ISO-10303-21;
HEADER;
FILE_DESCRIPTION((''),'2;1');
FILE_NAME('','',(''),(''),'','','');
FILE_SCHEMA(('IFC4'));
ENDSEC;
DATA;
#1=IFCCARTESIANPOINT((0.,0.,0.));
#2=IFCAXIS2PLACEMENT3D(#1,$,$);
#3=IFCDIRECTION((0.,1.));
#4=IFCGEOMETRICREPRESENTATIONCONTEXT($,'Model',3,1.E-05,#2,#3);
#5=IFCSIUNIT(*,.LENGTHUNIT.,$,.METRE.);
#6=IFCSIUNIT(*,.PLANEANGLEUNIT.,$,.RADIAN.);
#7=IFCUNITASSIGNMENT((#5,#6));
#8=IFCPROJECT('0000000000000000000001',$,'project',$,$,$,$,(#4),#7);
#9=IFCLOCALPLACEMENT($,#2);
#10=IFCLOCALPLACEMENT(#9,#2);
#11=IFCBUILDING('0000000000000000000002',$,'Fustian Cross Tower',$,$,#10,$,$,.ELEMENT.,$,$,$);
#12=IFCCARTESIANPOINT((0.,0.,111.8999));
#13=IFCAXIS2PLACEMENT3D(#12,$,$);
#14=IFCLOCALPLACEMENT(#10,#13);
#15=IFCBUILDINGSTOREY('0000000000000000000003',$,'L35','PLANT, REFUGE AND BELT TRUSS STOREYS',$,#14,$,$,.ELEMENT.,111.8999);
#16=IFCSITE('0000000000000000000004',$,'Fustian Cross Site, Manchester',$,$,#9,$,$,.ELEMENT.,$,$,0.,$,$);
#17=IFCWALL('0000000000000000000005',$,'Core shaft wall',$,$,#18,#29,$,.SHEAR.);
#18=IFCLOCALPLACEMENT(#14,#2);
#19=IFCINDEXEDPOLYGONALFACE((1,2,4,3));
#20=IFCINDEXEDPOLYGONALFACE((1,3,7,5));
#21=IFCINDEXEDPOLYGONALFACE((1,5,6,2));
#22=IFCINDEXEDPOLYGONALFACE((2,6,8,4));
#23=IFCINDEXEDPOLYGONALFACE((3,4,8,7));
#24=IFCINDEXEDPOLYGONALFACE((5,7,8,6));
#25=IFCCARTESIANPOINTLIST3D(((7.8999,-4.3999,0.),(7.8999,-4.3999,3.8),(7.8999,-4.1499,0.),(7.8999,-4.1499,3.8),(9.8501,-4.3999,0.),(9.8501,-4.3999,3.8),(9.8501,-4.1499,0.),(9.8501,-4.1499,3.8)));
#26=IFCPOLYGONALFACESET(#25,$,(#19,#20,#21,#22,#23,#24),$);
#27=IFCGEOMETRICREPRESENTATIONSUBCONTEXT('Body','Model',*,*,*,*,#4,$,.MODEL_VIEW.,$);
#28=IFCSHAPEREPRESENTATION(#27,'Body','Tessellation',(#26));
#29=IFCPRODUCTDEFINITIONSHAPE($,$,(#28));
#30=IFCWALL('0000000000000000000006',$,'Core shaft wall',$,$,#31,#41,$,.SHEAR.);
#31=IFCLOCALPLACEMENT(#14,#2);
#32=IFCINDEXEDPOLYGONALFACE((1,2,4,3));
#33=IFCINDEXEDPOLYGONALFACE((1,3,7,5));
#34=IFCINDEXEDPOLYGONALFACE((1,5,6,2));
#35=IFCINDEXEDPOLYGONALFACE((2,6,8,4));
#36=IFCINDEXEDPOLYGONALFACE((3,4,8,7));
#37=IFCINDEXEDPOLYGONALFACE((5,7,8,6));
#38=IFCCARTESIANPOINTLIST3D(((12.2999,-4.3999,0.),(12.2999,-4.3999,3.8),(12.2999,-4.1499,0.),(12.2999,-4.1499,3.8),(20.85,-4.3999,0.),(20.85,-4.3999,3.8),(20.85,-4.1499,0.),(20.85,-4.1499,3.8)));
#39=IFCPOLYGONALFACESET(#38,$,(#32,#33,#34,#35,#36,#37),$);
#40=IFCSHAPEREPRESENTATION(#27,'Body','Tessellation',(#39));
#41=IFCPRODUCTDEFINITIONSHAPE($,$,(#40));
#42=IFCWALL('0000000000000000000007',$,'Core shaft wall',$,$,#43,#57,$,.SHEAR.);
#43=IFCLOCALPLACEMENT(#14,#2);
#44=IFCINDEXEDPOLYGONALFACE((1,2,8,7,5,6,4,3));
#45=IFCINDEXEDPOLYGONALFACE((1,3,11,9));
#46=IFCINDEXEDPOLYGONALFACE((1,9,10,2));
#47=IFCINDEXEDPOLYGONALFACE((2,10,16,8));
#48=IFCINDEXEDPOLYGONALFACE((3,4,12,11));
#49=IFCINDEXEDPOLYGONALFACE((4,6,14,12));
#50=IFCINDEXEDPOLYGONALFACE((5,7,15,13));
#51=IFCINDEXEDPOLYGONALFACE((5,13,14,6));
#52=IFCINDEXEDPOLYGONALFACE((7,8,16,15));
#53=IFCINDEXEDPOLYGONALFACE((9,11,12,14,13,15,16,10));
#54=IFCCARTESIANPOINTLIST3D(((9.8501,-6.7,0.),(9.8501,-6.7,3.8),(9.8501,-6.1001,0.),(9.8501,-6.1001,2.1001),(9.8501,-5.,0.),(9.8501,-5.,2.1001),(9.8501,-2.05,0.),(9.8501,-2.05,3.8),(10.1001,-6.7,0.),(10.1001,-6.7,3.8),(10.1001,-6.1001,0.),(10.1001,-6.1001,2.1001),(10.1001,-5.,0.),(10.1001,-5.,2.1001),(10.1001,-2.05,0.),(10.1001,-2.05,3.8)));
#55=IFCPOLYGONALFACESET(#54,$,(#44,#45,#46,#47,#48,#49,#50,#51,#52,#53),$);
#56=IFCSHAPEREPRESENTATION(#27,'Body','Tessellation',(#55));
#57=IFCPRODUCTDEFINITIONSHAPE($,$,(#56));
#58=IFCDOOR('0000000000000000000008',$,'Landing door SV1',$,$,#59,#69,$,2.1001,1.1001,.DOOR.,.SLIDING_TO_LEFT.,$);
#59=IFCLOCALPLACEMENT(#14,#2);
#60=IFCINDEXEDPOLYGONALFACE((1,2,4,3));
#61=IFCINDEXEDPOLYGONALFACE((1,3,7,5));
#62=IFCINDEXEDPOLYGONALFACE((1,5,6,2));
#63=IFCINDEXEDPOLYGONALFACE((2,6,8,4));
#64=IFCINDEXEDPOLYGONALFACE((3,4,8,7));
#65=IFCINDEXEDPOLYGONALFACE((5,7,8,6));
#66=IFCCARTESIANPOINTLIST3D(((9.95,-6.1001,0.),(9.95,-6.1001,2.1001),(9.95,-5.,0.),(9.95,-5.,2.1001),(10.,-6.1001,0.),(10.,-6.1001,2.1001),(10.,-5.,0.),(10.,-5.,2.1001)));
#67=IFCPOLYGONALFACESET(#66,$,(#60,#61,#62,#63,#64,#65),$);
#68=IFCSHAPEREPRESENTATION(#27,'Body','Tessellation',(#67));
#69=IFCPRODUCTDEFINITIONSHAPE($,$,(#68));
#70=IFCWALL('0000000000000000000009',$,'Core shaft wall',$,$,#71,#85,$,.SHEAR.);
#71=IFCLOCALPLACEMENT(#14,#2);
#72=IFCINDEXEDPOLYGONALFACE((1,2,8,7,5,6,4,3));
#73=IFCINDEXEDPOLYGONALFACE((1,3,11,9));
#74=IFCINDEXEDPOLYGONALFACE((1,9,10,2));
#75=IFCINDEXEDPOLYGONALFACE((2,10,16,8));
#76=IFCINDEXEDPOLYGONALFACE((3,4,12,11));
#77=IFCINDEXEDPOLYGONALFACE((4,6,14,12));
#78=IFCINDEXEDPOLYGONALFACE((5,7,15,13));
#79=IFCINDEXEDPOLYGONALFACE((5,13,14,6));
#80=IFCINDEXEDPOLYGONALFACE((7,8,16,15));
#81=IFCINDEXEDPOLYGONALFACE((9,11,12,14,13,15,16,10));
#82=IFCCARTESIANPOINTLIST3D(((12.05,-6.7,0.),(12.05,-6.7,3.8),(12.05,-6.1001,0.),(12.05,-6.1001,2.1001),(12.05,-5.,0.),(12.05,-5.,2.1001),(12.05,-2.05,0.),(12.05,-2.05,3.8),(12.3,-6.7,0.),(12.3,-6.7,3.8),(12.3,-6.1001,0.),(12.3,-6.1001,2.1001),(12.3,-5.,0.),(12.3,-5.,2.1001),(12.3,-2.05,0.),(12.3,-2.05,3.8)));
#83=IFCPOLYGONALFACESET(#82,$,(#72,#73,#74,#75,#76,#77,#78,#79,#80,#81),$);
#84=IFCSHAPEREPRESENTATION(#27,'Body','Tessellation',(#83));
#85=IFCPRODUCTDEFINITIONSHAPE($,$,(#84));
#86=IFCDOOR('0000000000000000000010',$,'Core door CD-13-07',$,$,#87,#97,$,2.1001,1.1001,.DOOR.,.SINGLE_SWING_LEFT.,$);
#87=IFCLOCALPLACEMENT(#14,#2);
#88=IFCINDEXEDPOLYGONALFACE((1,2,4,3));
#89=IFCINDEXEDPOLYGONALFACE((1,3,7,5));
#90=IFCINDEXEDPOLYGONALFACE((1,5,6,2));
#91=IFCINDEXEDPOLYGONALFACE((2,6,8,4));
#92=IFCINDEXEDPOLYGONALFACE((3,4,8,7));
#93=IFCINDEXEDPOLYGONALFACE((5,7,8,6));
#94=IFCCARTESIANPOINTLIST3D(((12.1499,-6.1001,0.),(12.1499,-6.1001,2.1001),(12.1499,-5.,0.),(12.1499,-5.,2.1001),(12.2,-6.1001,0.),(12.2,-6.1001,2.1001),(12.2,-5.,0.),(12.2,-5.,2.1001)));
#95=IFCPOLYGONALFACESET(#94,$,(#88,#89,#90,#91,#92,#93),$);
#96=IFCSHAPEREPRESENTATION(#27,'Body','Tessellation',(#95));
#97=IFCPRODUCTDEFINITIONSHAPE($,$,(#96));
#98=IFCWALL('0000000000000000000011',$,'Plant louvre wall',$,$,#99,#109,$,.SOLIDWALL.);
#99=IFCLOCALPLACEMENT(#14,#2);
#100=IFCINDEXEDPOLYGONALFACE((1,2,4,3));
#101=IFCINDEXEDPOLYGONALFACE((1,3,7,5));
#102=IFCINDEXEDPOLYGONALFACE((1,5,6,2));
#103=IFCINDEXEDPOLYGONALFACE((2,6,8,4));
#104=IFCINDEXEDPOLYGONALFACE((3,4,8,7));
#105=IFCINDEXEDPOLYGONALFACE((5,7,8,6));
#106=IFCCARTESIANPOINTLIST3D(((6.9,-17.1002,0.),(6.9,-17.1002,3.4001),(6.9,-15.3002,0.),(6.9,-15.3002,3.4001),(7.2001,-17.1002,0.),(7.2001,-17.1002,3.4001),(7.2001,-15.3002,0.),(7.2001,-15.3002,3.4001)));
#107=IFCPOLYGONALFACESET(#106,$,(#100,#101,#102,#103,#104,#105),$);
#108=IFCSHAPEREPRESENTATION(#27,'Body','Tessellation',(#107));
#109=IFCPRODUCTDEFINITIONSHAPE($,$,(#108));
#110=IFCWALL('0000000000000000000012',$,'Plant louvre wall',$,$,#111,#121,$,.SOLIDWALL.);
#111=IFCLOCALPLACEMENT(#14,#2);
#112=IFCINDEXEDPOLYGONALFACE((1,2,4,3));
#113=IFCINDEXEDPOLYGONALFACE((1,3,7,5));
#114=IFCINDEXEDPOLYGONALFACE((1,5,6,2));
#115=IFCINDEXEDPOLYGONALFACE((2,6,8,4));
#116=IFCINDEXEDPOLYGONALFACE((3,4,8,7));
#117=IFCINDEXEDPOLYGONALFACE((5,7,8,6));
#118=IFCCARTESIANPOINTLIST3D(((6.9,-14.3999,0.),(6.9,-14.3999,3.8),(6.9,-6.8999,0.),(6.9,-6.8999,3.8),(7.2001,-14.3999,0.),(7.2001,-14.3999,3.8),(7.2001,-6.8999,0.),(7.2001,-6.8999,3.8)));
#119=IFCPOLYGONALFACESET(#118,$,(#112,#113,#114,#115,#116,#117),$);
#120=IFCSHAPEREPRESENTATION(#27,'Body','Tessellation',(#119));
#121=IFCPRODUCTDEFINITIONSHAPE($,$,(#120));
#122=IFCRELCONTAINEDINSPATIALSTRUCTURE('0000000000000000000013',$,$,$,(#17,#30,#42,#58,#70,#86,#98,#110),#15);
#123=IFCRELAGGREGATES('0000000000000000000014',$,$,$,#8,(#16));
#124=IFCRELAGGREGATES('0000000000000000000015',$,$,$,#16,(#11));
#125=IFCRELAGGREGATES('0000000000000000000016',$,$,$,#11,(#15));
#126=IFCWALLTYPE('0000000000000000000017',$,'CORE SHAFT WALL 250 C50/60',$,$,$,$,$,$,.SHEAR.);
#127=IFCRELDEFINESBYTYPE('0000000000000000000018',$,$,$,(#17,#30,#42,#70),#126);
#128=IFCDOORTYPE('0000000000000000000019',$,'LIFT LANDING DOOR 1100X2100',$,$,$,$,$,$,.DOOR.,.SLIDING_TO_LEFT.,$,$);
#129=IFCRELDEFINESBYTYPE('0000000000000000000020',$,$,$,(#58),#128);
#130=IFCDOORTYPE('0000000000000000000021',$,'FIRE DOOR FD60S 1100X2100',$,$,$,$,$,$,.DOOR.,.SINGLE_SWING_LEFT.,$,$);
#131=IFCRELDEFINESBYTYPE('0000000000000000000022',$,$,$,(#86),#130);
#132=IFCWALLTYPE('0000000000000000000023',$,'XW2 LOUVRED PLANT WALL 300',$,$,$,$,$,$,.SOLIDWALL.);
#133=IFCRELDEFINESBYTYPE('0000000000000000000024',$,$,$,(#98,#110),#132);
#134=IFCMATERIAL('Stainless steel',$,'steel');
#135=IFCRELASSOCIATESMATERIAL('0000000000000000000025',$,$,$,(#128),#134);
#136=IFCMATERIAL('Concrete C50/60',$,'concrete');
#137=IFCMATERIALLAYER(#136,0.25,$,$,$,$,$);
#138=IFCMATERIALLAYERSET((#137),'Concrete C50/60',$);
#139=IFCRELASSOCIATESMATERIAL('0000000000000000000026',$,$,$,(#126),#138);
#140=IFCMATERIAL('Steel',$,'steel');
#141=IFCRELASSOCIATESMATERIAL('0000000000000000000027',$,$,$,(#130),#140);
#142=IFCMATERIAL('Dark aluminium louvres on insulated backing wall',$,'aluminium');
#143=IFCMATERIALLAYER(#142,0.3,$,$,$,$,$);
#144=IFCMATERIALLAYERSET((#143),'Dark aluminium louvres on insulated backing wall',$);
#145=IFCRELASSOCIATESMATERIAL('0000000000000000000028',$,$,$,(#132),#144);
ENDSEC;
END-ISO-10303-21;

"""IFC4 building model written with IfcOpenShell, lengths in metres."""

from ifc_helpers import new_model, si_unit, direction, frame, frame_2d, origin, place, context, subcontext, project, spatial, rectangle, extrude, material, layer, layer_set, type_object, element, fill, save


model = new_model("IFC4")

# Units and contexts
model_context = context("Model", 3, precision=1e-05, world=origin(), true_north=direction((0.0, 1.0)))
body_context = subcontext(model_context, "Body", "Model", "MODEL_VIEW")
ifc_project = project(units=[si_unit("LENGTHUNIT", "METRE"), si_unit("PLANEANGLEUNIT", "RADIAN")], contexts=[model_context])

# Site, building, storey
site_placement = place(None, origin())
site = spatial("IfcSite", under=ifc_project, at=site_placement, Name="Fustian Cross Site, Manchester", CompositionType="ELEMENT", RefElevation=0.0)
building_placement = place(site_placement, origin())
building = spatial("IfcBuilding", under=site, at=building_placement, Name="Fustian Cross Tower", CompositionType="ELEMENT")
storey_placement = place(building_placement, frame((0.0, 0.0, 111.8999)))
storey = spatial("IfcBuildingStorey", under=building, at=storey_placement, Name="L35", Description="PLANT, REFUGE AND BELT TRUSS STOREYS", CompositionType="ELEMENT", Elevation=111.8999)

# Shared definitions
ifc_material_1 = material(Name="Stainless steel", Category="steel")
door_type_1 = type_object("IfcDoorType", Name="LIFT LANDING DOOR 1100X2100", OperationType="SLIDING_TO_LEFT", PredefinedType="DOOR", material=ifc_material_1)

# Walls
ifc_material_2 = material(Name="Concrete C50/60", Category="concrete")
ifc_layer_1 = layer(ifc_material_2, 0.25)
ifc_layer_set_1 = layer_set([ifc_layer_1], Name="Concrete C50/60")
wall_type_1 = type_object("IfcWallType", Name="CORE SHAFT WALL 250 C50/60", PredefinedType="SHEAR", material=ifc_layer_set_1)
wall_1_placement = place(storey_placement, frame((7.8999, -4.2749, 0.0), z_axis=(0.0, 0.0, 1.0), x_axis=(1.0, 0.0, 0.0)))
element("IfcWall", 1, at=wall_1_placement, inside=storey, type_object=wall_type_1, Name="Core shaft wall", PredefinedType="SHEAR", context=body_context, shape_type="SweptSolid", body=[
    extrude(rectangle(XDim=1.9502, YDim=0.25, at=frame_2d((0.9751, 0.0))), origin(), (0.0, 0.0, 1.0), 3.8),
])
wall_2_placement = place(storey_placement, frame((12.3, -4.2749, 0.0), z_axis=(0.0, 0.0, 1.0), x_axis=(1.0, 0.0, 0.0)))
element("IfcWall", 2, at=wall_2_placement, inside=storey, type_object=wall_type_1, Name="Core shaft wall", PredefinedType="SHEAR", context=body_context, shape_type="SweptSolid", body=[
    extrude(rectangle(XDim=8.55, YDim=0.25, at=frame_2d((4.2749, 0.0))), origin(), (0.0, 0.0, 1.0), 3.8),
])

# Walls, openings, doors
wall_3_placement = place(storey_placement, frame((9.9751, -2.05, 0.0), z_axis=(0.0, 0.0, 1.0), x_axis=(0.0, -1.0, 0.0)))
wall_3 = element("IfcWall", 3, at=wall_3_placement, inside=storey, type_object=wall_type_1, Name="Core shaft wall", PredefinedType="SHEAR", context=body_context, shape_type="SweptSolid", body=[
    extrude(rectangle(XDim=4.6499, YDim=0.25, at=frame_2d((2.325, 0.0))), origin(), (0.0, 0.0, 1.0), 3.8),
])
opening_1_placement = place(wall_3_placement, frame((2.95, 0.0, 0.0)))
opening_1 = element("IfcOpeningElement", 4, at=opening_1_placement, cuts=wall_3, PredefinedType="OPENING", context=body_context, shape_type="SweptSolid", body=[
    extrude(rectangle(XDim=1.1001, YDim=2.1001, at=frame_2d((0.55, 1.05))), frame((0.0, 0.135, 0.0), z_axis=(0.0, -1.0, 0.0), x_axis=(1.0, 0.0, 0.0)), (0.0, 0.0, 1.0), 0.27),
])
door_1_placement = place(opening_1_placement, origin())
door_1 = element("IfcDoor", 5, at=door_1_placement, inside=storey, type_object=door_type_1, Name="Landing door SV1", OperationType="SLIDING_TO_LEFT", OverallHeight=2.1001, OverallWidth=1.1001, PredefinedType="DOOR", context=body_context, shape_type="SweptSolid", body=[
    extrude(rectangle(XDim=1.1001, YDim=2.1001, at=frame_2d((0.55, 1.05))), frame((0.0, 0.0249, 0.0), z_axis=(0.0, -1.0, 0.0), x_axis=(1.0, 0.0, 0.0)), (0.0, 0.0, 1.0), 0.05),
])
fill(opening_1, door_1)
wall_4_placement = place(storey_placement, frame((12.175, -2.05, 0.0), z_axis=(0.0, 0.0, 1.0), x_axis=(0.0, -1.0, 0.0)))
wall_4 = element("IfcWall", 6, at=wall_4_placement, inside=storey, type_object=wall_type_1, Name="Core shaft wall", PredefinedType="SHEAR", context=body_context, shape_type="SweptSolid", body=[
    extrude(rectangle(XDim=4.6499, YDim=0.25, at=frame_2d((2.325, 0.0))), origin(), (0.0, 0.0, 1.0), 3.8),
])
opening_2_placement = place(wall_4_placement, frame((2.95, 0.0, 0.0)))
opening_2 = element("IfcOpeningElement", 7, at=opening_2_placement, cuts=wall_4, PredefinedType="OPENING", context=body_context, shape_type="SweptSolid", body=[
    extrude(rectangle(XDim=1.1001, YDim=2.1001, at=frame_2d((0.55, 1.05))), frame((0.0, 0.135, 0.0), z_axis=(0.0, -1.0, 0.0), x_axis=(1.0, 0.0, 0.0)), (0.0, 0.0, 1.0), 0.27),
])
ifc_material_3 = material(Name="Steel", Category="steel")
door_type_2 = type_object("IfcDoorType", Name="FIRE DOOR FD60S 1100X2100", OperationType="SINGLE_SWING_LEFT", PredefinedType="DOOR", material=ifc_material_3)
door_2_placement = place(opening_2_placement, origin())
door_2 = element("IfcDoor", 8, at=door_2_placement, inside=storey, type_object=door_type_2, Name="Core door CD-13-07", OperationType="SINGLE_SWING_LEFT", OverallHeight=2.1001, OverallWidth=1.1001, PredefinedType="DOOR", context=body_context, shape_type="SweptSolid", body=[
    extrude(rectangle(XDim=1.1001, YDim=2.1001, at=frame_2d((0.55, 1.05))), frame((0.0, 0.0249, 0.0), z_axis=(0.0, -1.0, 0.0), x_axis=(1.0, 0.0, 0.0)), (0.0, 0.0, 1.0), 0.05),
])
fill(opening_2, door_2)

# Walls
ifc_material_4 = material(Name="Dark aluminium louvres on insulated backing wall", Category="aluminium")
ifc_layer_2 = layer(ifc_material_4, 0.3)
ifc_layer_set_2 = layer_set([ifc_layer_2], Name="Dark aluminium louvres on insulated backing wall")
wall_type_2 = type_object("IfcWallType", Name="XW2 LOUVRED PLANT WALL 300", PredefinedType="SOLIDWALL", material=ifc_layer_set_2)
wall_5_placement = place(storey_placement, frame((7.05, -17.1001, 0.0), z_axis=(0.0, 0.0, 1.0), x_axis=(0.0, 1.0, 0.0)))
element("IfcWall", 9, at=wall_5_placement, inside=storey, type_object=wall_type_2, Name="Plant louvre wall", PredefinedType="SOLIDWALL", context=body_context, shape_type="SweptSolid", body=[
    extrude(rectangle(XDim=1.8, YDim=0.3, at=frame_2d((0.8999, 0.0))), origin(), (0.0, 0.0, 1.0), 3.4001),
])
wall_6_placement = place(storey_placement, frame((7.05, -14.3999, 0.0), z_axis=(0.0, 0.0, 1.0), x_axis=(0.0, 1.0, 0.0)))
element("IfcWall", 10, at=wall_6_placement, inside=storey, type_object=wall_type_2, Name="Plant louvre wall", PredefinedType="SOLIDWALL", context=body_context, shape_type="SweptSolid", body=[
    extrude(rectangle(XDim=7.5, YDim=0.3, at=frame_2d((3.75, 0.0))), origin(), (0.0, 0.0, 1.0), 3.8),
])

save(model, "model.ifc")
